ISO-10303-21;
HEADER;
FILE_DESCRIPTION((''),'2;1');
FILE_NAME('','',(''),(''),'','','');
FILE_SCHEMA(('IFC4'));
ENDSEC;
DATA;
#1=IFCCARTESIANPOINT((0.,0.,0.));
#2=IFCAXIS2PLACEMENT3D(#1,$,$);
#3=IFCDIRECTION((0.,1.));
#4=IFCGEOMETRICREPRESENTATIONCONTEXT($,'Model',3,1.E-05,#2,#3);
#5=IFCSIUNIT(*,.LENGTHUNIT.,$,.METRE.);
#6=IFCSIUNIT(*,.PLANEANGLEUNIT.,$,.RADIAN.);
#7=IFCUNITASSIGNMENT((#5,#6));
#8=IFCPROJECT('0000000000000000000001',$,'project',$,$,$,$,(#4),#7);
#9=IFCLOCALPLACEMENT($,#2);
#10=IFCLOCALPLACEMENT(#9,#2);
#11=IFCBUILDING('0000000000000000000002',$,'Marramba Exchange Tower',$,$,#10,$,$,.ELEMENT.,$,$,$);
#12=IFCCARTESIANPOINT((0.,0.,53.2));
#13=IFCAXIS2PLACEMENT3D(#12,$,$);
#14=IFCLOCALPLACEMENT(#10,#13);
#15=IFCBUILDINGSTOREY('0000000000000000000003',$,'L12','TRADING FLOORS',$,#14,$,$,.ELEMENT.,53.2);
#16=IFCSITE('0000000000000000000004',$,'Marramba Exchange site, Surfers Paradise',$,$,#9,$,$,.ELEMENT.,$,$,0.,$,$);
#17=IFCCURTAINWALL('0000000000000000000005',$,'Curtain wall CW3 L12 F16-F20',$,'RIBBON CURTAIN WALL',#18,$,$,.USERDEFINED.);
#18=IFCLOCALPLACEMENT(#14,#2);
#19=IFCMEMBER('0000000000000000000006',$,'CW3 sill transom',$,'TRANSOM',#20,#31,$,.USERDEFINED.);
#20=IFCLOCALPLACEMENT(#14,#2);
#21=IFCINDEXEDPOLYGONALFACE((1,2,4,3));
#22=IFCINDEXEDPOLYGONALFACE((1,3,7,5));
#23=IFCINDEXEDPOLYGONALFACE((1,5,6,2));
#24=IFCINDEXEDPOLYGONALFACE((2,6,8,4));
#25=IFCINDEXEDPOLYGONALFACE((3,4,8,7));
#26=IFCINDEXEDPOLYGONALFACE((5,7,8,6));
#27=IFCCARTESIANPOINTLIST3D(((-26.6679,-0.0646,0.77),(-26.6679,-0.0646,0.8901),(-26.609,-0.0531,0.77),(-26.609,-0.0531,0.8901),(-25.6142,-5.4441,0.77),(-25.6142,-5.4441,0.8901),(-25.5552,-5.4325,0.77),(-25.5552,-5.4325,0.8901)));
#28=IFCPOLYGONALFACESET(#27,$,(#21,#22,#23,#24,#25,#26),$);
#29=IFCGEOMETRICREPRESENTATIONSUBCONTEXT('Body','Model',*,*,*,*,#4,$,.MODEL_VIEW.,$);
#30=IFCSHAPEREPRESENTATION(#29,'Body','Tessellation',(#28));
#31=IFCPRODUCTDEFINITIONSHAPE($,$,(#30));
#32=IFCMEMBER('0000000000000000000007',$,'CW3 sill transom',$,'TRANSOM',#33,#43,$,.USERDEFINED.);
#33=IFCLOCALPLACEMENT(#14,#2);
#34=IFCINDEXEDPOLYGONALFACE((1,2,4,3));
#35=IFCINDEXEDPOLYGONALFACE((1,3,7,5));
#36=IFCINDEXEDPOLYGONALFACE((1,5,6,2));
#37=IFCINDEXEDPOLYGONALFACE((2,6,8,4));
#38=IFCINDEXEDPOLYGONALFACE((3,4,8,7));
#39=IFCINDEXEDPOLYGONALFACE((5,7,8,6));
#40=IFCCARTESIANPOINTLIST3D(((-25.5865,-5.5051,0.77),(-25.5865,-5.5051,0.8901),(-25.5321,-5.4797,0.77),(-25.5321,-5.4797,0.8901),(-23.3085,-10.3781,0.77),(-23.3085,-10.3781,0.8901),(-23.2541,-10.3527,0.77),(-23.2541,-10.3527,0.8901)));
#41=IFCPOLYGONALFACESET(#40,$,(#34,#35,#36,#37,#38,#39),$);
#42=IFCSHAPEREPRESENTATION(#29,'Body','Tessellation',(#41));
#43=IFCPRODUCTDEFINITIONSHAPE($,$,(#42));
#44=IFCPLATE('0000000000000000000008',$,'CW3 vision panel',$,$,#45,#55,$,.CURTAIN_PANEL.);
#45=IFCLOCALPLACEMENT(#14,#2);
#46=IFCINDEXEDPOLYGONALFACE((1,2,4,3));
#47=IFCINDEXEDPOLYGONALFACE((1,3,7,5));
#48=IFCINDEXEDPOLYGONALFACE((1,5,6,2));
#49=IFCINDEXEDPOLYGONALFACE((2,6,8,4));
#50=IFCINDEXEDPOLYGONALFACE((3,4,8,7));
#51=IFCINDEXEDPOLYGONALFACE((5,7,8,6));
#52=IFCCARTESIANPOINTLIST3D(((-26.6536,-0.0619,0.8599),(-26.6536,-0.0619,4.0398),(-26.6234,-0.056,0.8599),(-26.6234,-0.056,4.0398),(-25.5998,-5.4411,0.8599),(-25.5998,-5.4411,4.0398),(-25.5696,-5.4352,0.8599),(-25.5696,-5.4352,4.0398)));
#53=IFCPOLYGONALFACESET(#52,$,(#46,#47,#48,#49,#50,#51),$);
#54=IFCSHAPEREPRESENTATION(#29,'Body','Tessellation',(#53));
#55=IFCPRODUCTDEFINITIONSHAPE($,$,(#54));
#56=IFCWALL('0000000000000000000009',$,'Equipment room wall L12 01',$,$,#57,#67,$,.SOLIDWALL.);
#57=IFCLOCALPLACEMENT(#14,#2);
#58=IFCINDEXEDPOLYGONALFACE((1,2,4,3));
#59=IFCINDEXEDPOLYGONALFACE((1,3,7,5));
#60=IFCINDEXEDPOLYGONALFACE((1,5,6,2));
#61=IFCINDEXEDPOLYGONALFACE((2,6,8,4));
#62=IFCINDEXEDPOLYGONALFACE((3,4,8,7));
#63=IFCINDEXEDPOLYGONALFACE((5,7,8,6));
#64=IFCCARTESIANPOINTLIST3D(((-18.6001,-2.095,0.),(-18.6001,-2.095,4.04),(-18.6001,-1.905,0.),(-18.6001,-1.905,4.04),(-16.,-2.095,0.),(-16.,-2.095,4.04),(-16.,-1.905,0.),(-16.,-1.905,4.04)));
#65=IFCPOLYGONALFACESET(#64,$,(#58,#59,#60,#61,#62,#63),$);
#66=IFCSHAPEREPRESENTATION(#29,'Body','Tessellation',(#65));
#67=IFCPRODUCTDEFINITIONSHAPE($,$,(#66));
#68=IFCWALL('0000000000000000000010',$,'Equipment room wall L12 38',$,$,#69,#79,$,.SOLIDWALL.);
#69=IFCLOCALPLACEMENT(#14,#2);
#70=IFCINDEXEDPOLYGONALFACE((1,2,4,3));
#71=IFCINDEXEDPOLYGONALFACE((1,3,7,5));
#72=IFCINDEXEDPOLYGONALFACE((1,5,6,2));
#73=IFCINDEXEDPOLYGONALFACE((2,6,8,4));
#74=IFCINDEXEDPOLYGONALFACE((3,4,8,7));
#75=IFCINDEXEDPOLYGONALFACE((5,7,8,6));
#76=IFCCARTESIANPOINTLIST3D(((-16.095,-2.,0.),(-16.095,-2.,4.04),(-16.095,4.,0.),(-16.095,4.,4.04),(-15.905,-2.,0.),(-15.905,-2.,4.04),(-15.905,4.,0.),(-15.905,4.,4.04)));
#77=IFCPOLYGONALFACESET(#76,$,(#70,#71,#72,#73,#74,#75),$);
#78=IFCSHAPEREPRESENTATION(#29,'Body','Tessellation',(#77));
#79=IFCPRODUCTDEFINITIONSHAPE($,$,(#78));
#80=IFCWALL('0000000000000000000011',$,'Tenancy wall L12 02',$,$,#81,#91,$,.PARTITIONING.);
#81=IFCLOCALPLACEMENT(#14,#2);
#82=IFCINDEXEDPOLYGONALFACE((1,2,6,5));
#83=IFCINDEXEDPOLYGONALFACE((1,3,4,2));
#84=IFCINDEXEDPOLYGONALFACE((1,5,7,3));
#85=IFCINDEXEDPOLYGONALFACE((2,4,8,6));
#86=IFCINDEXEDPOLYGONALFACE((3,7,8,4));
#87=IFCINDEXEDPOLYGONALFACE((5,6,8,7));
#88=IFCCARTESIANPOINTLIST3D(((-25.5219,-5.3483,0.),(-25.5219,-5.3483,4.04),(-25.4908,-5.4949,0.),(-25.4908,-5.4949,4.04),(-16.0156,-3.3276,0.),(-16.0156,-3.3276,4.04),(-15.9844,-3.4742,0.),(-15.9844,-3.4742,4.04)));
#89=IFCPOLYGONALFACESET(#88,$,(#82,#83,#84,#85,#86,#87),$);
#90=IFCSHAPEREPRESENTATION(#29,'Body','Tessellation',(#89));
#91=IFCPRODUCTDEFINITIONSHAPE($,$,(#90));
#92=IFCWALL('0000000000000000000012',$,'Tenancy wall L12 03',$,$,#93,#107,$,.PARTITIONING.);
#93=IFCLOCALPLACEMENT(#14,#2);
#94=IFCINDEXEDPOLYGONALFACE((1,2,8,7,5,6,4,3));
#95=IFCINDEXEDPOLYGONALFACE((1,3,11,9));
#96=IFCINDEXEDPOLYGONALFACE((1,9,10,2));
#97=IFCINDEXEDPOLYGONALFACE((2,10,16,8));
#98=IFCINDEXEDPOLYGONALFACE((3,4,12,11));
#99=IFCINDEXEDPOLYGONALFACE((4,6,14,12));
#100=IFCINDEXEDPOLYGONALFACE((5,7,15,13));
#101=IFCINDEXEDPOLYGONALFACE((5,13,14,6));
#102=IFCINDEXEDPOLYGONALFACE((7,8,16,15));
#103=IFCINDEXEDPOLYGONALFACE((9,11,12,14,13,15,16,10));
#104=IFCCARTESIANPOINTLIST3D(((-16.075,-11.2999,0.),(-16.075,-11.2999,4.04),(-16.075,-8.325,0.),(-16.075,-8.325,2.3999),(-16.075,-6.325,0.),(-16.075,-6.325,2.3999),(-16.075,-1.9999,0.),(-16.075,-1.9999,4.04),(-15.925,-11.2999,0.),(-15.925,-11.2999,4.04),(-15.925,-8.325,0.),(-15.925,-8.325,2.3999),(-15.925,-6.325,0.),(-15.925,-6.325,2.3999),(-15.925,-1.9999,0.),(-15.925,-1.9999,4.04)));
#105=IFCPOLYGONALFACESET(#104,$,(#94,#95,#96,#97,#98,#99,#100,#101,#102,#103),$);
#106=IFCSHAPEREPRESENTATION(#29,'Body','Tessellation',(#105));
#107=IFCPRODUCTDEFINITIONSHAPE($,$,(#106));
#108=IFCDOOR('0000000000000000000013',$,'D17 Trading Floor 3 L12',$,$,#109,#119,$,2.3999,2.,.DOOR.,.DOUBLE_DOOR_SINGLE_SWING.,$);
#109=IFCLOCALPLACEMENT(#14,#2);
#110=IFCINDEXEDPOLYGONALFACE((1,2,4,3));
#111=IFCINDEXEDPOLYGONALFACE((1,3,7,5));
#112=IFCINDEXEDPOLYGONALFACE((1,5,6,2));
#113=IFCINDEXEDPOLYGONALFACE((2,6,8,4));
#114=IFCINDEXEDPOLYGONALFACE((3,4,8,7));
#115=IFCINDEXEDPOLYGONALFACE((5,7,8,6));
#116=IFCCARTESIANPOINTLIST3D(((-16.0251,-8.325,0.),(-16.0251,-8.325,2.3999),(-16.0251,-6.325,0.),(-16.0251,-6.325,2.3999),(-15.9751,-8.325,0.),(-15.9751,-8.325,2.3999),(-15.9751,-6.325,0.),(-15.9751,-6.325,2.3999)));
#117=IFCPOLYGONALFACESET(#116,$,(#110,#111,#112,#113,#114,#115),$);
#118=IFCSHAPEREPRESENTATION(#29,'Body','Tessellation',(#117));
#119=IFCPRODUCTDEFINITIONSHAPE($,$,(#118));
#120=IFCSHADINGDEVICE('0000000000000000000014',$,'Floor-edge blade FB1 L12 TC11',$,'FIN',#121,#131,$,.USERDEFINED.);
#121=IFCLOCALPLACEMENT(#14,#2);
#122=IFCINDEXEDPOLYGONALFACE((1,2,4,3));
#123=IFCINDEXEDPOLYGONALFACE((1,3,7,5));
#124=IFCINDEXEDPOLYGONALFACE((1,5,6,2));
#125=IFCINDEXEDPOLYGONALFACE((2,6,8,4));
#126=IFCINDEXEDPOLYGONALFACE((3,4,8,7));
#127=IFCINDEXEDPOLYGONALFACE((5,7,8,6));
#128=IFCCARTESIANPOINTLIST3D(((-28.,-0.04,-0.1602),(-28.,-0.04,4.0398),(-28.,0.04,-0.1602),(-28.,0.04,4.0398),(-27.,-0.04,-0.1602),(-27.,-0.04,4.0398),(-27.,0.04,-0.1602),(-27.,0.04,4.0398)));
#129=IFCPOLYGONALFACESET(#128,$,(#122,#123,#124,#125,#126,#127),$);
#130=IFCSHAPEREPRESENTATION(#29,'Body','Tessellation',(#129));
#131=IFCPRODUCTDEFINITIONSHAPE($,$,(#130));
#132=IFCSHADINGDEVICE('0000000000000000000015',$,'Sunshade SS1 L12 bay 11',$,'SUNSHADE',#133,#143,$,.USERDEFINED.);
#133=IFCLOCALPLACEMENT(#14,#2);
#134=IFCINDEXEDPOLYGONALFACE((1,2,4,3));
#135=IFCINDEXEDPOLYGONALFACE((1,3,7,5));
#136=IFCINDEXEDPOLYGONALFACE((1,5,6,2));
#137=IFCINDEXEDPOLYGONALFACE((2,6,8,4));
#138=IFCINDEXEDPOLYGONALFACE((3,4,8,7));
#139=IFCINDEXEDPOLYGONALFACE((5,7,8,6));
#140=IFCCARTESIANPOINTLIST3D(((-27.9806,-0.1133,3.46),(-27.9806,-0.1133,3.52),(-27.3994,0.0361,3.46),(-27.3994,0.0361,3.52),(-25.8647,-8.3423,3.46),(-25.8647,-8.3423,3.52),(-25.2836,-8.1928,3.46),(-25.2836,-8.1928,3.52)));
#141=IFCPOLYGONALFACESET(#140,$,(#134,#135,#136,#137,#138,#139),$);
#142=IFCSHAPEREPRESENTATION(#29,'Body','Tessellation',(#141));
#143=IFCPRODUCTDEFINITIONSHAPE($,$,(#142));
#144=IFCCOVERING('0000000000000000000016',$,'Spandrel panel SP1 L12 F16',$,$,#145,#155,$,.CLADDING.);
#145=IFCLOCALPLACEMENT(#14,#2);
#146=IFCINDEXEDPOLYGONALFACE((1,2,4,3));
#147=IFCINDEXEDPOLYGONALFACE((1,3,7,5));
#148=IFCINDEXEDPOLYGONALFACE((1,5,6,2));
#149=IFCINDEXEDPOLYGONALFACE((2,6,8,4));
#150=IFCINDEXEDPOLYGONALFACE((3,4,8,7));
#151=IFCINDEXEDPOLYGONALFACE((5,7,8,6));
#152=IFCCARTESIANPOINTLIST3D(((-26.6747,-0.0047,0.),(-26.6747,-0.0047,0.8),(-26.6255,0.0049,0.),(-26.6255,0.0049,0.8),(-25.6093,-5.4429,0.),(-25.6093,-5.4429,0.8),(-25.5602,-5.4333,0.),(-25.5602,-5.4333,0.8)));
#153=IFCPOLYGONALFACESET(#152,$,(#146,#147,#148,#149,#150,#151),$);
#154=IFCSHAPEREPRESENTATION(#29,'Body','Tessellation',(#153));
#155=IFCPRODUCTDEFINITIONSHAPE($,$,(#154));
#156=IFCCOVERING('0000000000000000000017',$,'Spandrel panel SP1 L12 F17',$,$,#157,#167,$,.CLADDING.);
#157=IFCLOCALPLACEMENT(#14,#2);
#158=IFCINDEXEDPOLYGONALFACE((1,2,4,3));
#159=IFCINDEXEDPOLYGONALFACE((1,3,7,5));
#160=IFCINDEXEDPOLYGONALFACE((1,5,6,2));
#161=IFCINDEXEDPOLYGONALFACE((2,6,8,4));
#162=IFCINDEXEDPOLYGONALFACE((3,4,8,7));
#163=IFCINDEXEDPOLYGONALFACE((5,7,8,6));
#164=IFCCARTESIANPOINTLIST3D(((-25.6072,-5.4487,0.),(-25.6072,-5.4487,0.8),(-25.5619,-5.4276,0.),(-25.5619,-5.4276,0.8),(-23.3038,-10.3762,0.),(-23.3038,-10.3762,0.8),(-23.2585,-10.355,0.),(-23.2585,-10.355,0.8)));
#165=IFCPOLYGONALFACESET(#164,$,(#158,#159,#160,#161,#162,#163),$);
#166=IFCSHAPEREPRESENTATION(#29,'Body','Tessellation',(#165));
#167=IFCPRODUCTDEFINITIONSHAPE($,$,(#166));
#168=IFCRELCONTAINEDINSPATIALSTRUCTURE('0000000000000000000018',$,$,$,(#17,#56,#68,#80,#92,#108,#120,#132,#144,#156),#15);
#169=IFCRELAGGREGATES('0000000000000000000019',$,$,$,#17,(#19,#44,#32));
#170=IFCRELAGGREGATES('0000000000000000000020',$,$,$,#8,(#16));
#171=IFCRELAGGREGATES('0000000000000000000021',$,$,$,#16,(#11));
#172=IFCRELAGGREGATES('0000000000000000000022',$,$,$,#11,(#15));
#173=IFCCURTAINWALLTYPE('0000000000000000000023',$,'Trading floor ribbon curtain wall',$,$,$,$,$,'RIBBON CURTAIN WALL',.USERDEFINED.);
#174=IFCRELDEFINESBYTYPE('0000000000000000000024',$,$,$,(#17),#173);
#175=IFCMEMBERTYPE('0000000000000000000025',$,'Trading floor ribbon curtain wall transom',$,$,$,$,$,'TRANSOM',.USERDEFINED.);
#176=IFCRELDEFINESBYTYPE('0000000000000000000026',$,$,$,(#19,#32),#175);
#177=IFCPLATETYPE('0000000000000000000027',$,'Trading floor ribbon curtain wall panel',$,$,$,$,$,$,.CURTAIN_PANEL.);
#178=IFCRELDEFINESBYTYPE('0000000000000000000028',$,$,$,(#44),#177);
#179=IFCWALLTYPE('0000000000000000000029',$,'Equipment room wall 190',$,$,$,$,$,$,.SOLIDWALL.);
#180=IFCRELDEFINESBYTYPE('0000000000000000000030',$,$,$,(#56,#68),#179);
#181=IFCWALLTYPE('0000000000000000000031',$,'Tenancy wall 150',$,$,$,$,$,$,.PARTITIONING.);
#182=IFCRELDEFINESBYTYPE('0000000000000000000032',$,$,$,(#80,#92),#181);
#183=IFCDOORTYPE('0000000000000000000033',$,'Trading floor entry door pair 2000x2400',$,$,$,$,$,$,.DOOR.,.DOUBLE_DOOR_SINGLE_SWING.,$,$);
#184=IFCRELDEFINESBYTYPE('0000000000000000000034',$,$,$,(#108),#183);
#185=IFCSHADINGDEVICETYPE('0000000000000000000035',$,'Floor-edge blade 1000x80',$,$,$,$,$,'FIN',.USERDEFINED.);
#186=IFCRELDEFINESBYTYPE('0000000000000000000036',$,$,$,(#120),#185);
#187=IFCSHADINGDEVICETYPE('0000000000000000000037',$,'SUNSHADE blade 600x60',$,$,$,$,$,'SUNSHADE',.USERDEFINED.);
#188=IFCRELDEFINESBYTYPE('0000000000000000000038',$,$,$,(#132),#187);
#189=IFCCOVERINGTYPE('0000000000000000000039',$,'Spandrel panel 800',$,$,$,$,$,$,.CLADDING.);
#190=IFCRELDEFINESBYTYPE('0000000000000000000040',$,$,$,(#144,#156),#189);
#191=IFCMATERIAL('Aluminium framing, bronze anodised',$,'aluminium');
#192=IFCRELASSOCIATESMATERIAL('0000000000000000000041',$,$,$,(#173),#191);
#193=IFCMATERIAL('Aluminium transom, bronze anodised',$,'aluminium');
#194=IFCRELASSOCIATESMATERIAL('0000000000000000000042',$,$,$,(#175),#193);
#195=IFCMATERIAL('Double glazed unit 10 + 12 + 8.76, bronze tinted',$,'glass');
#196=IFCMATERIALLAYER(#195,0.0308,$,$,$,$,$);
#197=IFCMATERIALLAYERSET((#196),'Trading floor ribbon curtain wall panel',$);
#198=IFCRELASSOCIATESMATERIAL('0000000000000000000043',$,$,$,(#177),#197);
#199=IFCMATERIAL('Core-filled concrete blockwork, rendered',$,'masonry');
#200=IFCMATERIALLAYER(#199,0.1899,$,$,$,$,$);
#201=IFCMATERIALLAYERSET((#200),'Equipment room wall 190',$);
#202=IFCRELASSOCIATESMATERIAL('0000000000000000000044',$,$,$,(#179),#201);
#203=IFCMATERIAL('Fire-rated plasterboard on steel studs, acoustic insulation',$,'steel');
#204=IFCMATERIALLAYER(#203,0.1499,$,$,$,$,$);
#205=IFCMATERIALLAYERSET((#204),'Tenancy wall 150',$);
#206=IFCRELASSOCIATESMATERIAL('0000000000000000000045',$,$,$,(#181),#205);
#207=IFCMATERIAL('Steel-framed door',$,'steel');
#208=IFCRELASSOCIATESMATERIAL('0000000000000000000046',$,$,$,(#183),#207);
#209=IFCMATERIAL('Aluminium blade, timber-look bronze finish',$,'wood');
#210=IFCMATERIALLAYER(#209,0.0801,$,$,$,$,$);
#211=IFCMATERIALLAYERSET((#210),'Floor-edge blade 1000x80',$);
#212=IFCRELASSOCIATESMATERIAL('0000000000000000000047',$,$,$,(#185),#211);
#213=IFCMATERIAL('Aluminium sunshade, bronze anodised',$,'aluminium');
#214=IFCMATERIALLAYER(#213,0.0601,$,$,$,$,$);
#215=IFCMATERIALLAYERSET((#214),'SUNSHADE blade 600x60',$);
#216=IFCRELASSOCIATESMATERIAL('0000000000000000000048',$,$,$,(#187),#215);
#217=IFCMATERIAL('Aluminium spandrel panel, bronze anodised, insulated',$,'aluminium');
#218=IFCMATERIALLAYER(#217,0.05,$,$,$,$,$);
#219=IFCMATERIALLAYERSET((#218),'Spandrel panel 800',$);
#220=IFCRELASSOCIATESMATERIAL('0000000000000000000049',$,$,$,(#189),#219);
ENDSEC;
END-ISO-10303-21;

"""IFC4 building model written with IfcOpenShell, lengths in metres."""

from ifc_helpers import new_model, si_unit, direction, frame, frame_2d, origin, origin_2d, place, context, subcontext, project, spatial, rectangle, extrude, material, layer, layer_set, material_profile, profile_set, type_object, element, fill, aggregate, save


model = new_model("IFC4")

# Units and contexts
model_context = context("Model", 3, precision=1e-05, world=origin(), true_north=direction((0.0, 1.0)))
body_context = subcontext(model_context, "Body", "Model", "MODEL_VIEW")
ifc_project = project(units=[si_unit("LENGTHUNIT", "METRE"), si_unit("PLANEANGLEUNIT", "RADIAN")], contexts=[model_context])

# Site, building, storey
site_placement = place(None, origin())
site = spatial("IfcSite", under=ifc_project, at=site_placement, Name="Marramba Exchange site, Surfers Paradise", CompositionType="ELEMENT", RefElevation=0.0)
building_placement = place(site_placement, origin())
building = spatial("IfcBuilding", under=site, at=building_placement, Name="Marramba Exchange Tower", CompositionType="ELEMENT")
storey_placement = place(building_placement, frame((0.0, 0.0, 53.2)))
storey = spatial("IfcBuildingStorey", under=building, at=storey_placement, Name="L12", Description="TRADING FLOORS", CompositionType="ELEMENT", Elevation=53.2)

# Curtain wall, members, plate
ifc_material_1 = material(Name="Aluminium framing, bronze anodised", Category="aluminium")
curtain_wall_type = type_object("IfcCurtainWallType", Name="Trading floor ribbon curtain wall", ElementType="RIBBON CURTAIN WALL", PredefinedType="USERDEFINED", material=ifc_material_1)
curtain_wall_placement = place(storey_placement, origin())
curtain_wall = element("IfcCurtainWall", 1, at=curtain_wall_placement, inside=storey, type_object=curtain_wall_type, Name="Curtain wall CW3 L12 F16-F20", ObjectType="RIBBON CURTAIN WALL", PredefinedType="USERDEFINED")
ifc_material_2 = material(Name="Aluminium transom, bronze anodised", Category="aluminium")
ifc_material_profile_1 = material_profile(ifc_material_2, rectangle(XDim=0.0601, YDim=0.1201, at=origin_2d()), Name="CW3 transom 60x120")
ifc_profile_set_1 = profile_set([ifc_material_profile_1], Name="Aluminium transom, bronze anodised")
member_type_1 = type_object("IfcMemberType", Name="Trading floor ribbon curtain wall transom", ElementType="TRANSOM", PredefinedType="USERDEFINED", material=ifc_profile_set_1)
member_1_placement = place(storey_placement, frame((-26.6384, -0.0588, 0.8301), z_axis=(0.192226, -0.981351, 0.0), x_axis=(0.981351, 0.192226, 0.0)))
member_1 = element("IfcMember", 2, at=member_1_placement, type_object=member_type_1, Name="CW3 sill transom", ObjectType="TRANSOM", PredefinedType="USERDEFINED", context=body_context, shape_type="SweptSolid", body=[
    extrude(rectangle(XDim=0.0601, YDim=0.1201, at=origin_2d()), origin(), (0.0, 0.0, 1.0), 5.4817),
])
member_2_placement = place(storey_placement, frame((-25.5593, -5.4924, 0.8301), z_axis=(0.423494, -0.905899, 0.0), x_axis=(0.905899, 0.423494, 0.0)))
member_2 = element("IfcMember", 3, at=member_2_placement, type_object=member_type_1, Name="CW3 sill transom", ObjectType="TRANSOM", PredefinedType="USERDEFINED", context=body_context, shape_type="SweptSolid", body=[
    extrude(rectangle(XDim=0.0601, YDim=0.1201, at=origin_2d()), origin(), (0.0, 0.0, 1.0), 5.3792),
])
ifc_material_3 = material(Name="Double glazed unit 10 + 12 + 8.76, bronze tinted", Category="glass")
ifc_layer_1 = layer(ifc_material_3, 0.0308)
ifc_layer_set_1 = layer_set([ifc_layer_1], Name="Trading floor ribbon curtain wall panel")
plate_type = type_object("IfcPlateType", Name="Trading floor ribbon curtain wall panel", PredefinedType="CURTAIN_PANEL", material=ifc_layer_set_1)
plate_placement = place(storey_placement, frame((-26.1116, -2.7485, 0.8599), z_axis=(0.0, 0.0, 1.0), x_axis=(0.192249, -0.981346, 0.0)))
plate = element("IfcPlate", 4, at=plate_placement, type_object=plate_type, Name="CW3 vision panel", PredefinedType="CURTAIN_PANEL", context=body_context, shape_type="SweptSolid", body=[
    extrude(rectangle(XDim=5.4814, YDim=0.0308, at=origin_2d()), origin(), (0.0, 0.0, 1.0), 3.1799),
])
aggregate(curtain_wall, [member_1, plate, member_2])

# Walls
ifc_material_4 = material(Name="Core-filled concrete blockwork, rendered", Category="masonry")
ifc_layer_2 = layer(ifc_material_4, 0.1899)
ifc_layer_set_2 = layer_set([ifc_layer_2], Name="Equipment room wall 190")
wall_type_1 = type_object("IfcWallType", Name="Equipment room wall 190", PredefinedType="SOLIDWALL", material=ifc_layer_set_2)
wall_1_placement = place(storey_placement, frame((-18.6001, -2.0, 0.0), z_axis=(0.0, 0.0, 1.0), x_axis=(1.0, 0.0, 0.0)))
element("IfcWall", 5, at=wall_1_placement, inside=storey, type_object=wall_type_1, Name="Equipment room wall L12 01", PredefinedType="SOLIDWALL", context=body_context, shape_type="SweptSolid", body=[
    extrude(rectangle(XDim=2.6001, YDim=0.1899, at=frame_2d((1.3, 0.0))), origin(), (0.0, 0.0, 1.0), 4.04),
])
wall_2_placement = place(storey_placement, frame((-16.0, -2.0, 0.0), z_axis=(0.0, 0.0, 1.0), x_axis=(0.0, 1.0, 0.0)))
element("IfcWall", 6, at=wall_2_placement, inside=storey, type_object=wall_type_1, Name="Equipment room wall L12 38", PredefinedType="SOLIDWALL", context=body_context, shape_type="SweptSolid", body=[
    extrude(rectangle(XDim=6.0, YDim=0.1899, at=frame_2d((3.0, 0.0))), origin(), (0.0, 0.0, 1.0), 4.04),
])
ifc_material_5 = material(Name="Fire-rated plasterboard on steel studs, acoustic insulation", Category="steel")
ifc_layer_3 = layer(ifc_material_5, 0.1499)
ifc_layer_set_3 = layer_set([ifc_layer_3], Name="Tenancy wall 150")
wall_type_2 = type_object("IfcWallType", Name="Tenancy wall 150", PredefinedType="PARTITIONING", material=ifc_layer_set_3)
wall_3_placement = place(storey_placement, frame((-16.0, -3.4009, 0.0), z_axis=(0.0, 0.0, 1.0), x_axis=(-0.978145, -0.207923, 0.0)))
element("IfcWall", 7, at=wall_3_placement, inside=storey, type_object=wall_type_2, Name="Tenancy wall L12 02", PredefinedType="PARTITIONING", context=body_context, shape_type="SweptSolid", body=[
    extrude(rectangle(XDim=9.7188, YDim=0.1499, at=frame_2d((4.8594, 0.0))), origin(), (0.0, 0.0, 1.0), 4.04),
])

# Wall, opening, door
wall_4_placement = place(storey_placement, frame((-16.0, -2.0, 0.0), z_axis=(0.0, 0.0, 1.0), x_axis=(0.0, -1.0, 0.0)))
wall_4 = element("IfcWall", 8, at=wall_4_placement, inside=storey, type_object=wall_type_2, Name="Tenancy wall L12 03", PredefinedType="PARTITIONING", context=body_context, shape_type="SweptSolid", body=[
    extrude(rectangle(XDim=9.3, YDim=0.1499, at=frame_2d((4.6499, 0.0))), origin(), (0.0, 0.0, 1.0), 4.04),
])
opening_placement = place(wall_4_placement, frame((4.325, 0.0, 0.0)))
opening = element("IfcOpeningElement", 9, at=opening_placement, cuts=wall_4, PredefinedType="OPENING", context=body_context, shape_type="SweptSolid", body=[
    extrude(rectangle(XDim=2.0, YDim=2.3999, at=frame_2d((1.0, 1.2))), frame((0.0, 0.085, 0.0), z_axis=(0.0, -1.0, 0.0), x_axis=(1.0, 0.0, 0.0)), (0.0, 0.0, 1.0), 0.1699),
])
ifc_material_6 = material(Name="Steel-framed door", Category="steel")
door_type = type_object("IfcDoorType", Name="Trading floor entry door pair 2000x2400", OperationType="DOUBLE_DOOR_SINGLE_SWING", PredefinedType="DOOR", material=ifc_material_6)
door_placement = place(opening_placement, origin())
door = element("IfcDoor", 10, at=door_placement, inside=storey, type_object=door_type, Name="D17 Trading Floor 3 L12", OperationType="DOUBLE_DOOR_SINGLE_SWING", OverallHeight=2.3999, OverallWidth=2.0, PredefinedType="DOOR", context=body_context, shape_type="SweptSolid", body=[
    extrude(rectangle(XDim=2.0, YDim=2.3999, at=frame_2d((1.0, 1.2))), frame((0.0, 0.0249, 0.0), z_axis=(0.0, -1.0, 0.0), x_axis=(1.0, 0.0, 0.0)), (0.0, 0.0, 1.0), 0.05),
])
fill(opening, door)

# Shading devices
ifc_material_7 = material(Name="Aluminium blade, timber-look bronze finish", Category="wood")
ifc_layer_4 = layer(ifc_material_7, 0.0801)
ifc_layer_set_4 = layer_set([ifc_layer_4], Name="Floor-edge blade 1000x80")
shading_device_type_1 = type_object("IfcShadingDeviceType", Name="Floor-edge blade 1000x80", ElementType="FIN", PredefinedType="USERDEFINED", material=ifc_layer_set_4)
shading_device_1_placement = place(storey_placement, frame((-27.5, 0.0, -0.1602), z_axis=(0.0, 0.0, 1.0), x_axis=(-1.0, 0.0, 0.0)))
element("IfcShadingDevice", 11, at=shading_device_1_placement, inside=storey, type_object=shading_device_type_1, Name="Floor-edge blade FB1 L12 TC11", ObjectType="FIN", PredefinedType="USERDEFINED", context=body_context, shape_type="SweptSolid", body=[
    extrude(rectangle(XDim=1.0, YDim=0.0801, at=origin_2d()), origin(), (0.0, 0.0, 1.0), 4.2),
])
ifc_material_8 = material(Name="Aluminium sunshade, bronze anodised", Category="aluminium")
ifc_layer_5 = layer(ifc_material_8, 0.0601)
ifc_layer_set_5 = layer_set([ifc_layer_5], Name="SUNSHADE blade 600x60")
shading_device_type_2 = type_object("IfcShadingDeviceType", Name="SUNSHADE blade 600x60", ElementType="SUNSHADE", PredefinedType="USERDEFINED", material=ifc_layer_set_5)
shading_device_2_placement = place(storey_placement, frame((-26.6321, -4.1531, 3.46), z_axis=(0.0, 0.0, 1.0), x_axis=(0.249025, -0.968497, 0.0)))
element("IfcShadingDevice", 12, at=shading_device_2_placement, inside=storey, type_object=shading_device_type_2, Name="Sunshade SS1 L12 bay 11", ObjectType="SUNSHADE", PredefinedType="USERDEFINED", context=body_context, shape_type="SweptSolid", body=[
    extrude(rectangle(XDim=8.4966, YDim=0.6001, at=origin_2d()), origin(), (0.0, 0.0, 1.0), 0.0601),
])

# Coverings
ifc_material_9 = material(Name="Aluminium spandrel panel, bronze anodised, insulated", Category="aluminium")
ifc_layer_6 = layer(ifc_material_9, 0.05)
ifc_layer_set_6 = layer_set([ifc_layer_6], Name="Spandrel panel 800")
covering_type = type_object("IfcCoveringType", Name="Spandrel panel 800", PredefinedType="CLADDING", material=ifc_layer_set_6)
covering_1_placement = place(storey_placement, frame((-26.1174, -2.719, 0.0), z_axis=(0.0, 0.0, 1.0), x_axis=(0.192249, -0.981346, 0.0)))
element("IfcCovering", 13, at=covering_1_placement, inside=storey, type_object=covering_type, Name="Spandrel panel SP1 L12 F16", PredefinedType="CLADDING", context=body_context, shape_type="SweptSolid", body=[
    extrude(rectangle(XDim=5.5415, YDim=0.05, at=origin_2d()), origin(), (0.0, 0.0, 1.0), 0.8),
])
covering_2_placement = place(storey_placement, frame((-24.4329, -7.9019, 0.0), z_axis=(0.0, 0.0, 1.0), x_axis=(0.423477, -0.905907, 0.0)))
element("IfcCovering", 14, at=covering_2_placement, inside=storey, type_object=covering_type, Name="Spandrel panel SP1 L12 F17", PredefinedType="CLADDING", context=body_context, shape_type="SweptSolid", body=[
    extrude(rectangle(XDim=5.4392, YDim=0.05, at=origin_2d()), origin(), (0.0, 0.0, 1.0), 0.8),
])

save(model, "model.ifc")
